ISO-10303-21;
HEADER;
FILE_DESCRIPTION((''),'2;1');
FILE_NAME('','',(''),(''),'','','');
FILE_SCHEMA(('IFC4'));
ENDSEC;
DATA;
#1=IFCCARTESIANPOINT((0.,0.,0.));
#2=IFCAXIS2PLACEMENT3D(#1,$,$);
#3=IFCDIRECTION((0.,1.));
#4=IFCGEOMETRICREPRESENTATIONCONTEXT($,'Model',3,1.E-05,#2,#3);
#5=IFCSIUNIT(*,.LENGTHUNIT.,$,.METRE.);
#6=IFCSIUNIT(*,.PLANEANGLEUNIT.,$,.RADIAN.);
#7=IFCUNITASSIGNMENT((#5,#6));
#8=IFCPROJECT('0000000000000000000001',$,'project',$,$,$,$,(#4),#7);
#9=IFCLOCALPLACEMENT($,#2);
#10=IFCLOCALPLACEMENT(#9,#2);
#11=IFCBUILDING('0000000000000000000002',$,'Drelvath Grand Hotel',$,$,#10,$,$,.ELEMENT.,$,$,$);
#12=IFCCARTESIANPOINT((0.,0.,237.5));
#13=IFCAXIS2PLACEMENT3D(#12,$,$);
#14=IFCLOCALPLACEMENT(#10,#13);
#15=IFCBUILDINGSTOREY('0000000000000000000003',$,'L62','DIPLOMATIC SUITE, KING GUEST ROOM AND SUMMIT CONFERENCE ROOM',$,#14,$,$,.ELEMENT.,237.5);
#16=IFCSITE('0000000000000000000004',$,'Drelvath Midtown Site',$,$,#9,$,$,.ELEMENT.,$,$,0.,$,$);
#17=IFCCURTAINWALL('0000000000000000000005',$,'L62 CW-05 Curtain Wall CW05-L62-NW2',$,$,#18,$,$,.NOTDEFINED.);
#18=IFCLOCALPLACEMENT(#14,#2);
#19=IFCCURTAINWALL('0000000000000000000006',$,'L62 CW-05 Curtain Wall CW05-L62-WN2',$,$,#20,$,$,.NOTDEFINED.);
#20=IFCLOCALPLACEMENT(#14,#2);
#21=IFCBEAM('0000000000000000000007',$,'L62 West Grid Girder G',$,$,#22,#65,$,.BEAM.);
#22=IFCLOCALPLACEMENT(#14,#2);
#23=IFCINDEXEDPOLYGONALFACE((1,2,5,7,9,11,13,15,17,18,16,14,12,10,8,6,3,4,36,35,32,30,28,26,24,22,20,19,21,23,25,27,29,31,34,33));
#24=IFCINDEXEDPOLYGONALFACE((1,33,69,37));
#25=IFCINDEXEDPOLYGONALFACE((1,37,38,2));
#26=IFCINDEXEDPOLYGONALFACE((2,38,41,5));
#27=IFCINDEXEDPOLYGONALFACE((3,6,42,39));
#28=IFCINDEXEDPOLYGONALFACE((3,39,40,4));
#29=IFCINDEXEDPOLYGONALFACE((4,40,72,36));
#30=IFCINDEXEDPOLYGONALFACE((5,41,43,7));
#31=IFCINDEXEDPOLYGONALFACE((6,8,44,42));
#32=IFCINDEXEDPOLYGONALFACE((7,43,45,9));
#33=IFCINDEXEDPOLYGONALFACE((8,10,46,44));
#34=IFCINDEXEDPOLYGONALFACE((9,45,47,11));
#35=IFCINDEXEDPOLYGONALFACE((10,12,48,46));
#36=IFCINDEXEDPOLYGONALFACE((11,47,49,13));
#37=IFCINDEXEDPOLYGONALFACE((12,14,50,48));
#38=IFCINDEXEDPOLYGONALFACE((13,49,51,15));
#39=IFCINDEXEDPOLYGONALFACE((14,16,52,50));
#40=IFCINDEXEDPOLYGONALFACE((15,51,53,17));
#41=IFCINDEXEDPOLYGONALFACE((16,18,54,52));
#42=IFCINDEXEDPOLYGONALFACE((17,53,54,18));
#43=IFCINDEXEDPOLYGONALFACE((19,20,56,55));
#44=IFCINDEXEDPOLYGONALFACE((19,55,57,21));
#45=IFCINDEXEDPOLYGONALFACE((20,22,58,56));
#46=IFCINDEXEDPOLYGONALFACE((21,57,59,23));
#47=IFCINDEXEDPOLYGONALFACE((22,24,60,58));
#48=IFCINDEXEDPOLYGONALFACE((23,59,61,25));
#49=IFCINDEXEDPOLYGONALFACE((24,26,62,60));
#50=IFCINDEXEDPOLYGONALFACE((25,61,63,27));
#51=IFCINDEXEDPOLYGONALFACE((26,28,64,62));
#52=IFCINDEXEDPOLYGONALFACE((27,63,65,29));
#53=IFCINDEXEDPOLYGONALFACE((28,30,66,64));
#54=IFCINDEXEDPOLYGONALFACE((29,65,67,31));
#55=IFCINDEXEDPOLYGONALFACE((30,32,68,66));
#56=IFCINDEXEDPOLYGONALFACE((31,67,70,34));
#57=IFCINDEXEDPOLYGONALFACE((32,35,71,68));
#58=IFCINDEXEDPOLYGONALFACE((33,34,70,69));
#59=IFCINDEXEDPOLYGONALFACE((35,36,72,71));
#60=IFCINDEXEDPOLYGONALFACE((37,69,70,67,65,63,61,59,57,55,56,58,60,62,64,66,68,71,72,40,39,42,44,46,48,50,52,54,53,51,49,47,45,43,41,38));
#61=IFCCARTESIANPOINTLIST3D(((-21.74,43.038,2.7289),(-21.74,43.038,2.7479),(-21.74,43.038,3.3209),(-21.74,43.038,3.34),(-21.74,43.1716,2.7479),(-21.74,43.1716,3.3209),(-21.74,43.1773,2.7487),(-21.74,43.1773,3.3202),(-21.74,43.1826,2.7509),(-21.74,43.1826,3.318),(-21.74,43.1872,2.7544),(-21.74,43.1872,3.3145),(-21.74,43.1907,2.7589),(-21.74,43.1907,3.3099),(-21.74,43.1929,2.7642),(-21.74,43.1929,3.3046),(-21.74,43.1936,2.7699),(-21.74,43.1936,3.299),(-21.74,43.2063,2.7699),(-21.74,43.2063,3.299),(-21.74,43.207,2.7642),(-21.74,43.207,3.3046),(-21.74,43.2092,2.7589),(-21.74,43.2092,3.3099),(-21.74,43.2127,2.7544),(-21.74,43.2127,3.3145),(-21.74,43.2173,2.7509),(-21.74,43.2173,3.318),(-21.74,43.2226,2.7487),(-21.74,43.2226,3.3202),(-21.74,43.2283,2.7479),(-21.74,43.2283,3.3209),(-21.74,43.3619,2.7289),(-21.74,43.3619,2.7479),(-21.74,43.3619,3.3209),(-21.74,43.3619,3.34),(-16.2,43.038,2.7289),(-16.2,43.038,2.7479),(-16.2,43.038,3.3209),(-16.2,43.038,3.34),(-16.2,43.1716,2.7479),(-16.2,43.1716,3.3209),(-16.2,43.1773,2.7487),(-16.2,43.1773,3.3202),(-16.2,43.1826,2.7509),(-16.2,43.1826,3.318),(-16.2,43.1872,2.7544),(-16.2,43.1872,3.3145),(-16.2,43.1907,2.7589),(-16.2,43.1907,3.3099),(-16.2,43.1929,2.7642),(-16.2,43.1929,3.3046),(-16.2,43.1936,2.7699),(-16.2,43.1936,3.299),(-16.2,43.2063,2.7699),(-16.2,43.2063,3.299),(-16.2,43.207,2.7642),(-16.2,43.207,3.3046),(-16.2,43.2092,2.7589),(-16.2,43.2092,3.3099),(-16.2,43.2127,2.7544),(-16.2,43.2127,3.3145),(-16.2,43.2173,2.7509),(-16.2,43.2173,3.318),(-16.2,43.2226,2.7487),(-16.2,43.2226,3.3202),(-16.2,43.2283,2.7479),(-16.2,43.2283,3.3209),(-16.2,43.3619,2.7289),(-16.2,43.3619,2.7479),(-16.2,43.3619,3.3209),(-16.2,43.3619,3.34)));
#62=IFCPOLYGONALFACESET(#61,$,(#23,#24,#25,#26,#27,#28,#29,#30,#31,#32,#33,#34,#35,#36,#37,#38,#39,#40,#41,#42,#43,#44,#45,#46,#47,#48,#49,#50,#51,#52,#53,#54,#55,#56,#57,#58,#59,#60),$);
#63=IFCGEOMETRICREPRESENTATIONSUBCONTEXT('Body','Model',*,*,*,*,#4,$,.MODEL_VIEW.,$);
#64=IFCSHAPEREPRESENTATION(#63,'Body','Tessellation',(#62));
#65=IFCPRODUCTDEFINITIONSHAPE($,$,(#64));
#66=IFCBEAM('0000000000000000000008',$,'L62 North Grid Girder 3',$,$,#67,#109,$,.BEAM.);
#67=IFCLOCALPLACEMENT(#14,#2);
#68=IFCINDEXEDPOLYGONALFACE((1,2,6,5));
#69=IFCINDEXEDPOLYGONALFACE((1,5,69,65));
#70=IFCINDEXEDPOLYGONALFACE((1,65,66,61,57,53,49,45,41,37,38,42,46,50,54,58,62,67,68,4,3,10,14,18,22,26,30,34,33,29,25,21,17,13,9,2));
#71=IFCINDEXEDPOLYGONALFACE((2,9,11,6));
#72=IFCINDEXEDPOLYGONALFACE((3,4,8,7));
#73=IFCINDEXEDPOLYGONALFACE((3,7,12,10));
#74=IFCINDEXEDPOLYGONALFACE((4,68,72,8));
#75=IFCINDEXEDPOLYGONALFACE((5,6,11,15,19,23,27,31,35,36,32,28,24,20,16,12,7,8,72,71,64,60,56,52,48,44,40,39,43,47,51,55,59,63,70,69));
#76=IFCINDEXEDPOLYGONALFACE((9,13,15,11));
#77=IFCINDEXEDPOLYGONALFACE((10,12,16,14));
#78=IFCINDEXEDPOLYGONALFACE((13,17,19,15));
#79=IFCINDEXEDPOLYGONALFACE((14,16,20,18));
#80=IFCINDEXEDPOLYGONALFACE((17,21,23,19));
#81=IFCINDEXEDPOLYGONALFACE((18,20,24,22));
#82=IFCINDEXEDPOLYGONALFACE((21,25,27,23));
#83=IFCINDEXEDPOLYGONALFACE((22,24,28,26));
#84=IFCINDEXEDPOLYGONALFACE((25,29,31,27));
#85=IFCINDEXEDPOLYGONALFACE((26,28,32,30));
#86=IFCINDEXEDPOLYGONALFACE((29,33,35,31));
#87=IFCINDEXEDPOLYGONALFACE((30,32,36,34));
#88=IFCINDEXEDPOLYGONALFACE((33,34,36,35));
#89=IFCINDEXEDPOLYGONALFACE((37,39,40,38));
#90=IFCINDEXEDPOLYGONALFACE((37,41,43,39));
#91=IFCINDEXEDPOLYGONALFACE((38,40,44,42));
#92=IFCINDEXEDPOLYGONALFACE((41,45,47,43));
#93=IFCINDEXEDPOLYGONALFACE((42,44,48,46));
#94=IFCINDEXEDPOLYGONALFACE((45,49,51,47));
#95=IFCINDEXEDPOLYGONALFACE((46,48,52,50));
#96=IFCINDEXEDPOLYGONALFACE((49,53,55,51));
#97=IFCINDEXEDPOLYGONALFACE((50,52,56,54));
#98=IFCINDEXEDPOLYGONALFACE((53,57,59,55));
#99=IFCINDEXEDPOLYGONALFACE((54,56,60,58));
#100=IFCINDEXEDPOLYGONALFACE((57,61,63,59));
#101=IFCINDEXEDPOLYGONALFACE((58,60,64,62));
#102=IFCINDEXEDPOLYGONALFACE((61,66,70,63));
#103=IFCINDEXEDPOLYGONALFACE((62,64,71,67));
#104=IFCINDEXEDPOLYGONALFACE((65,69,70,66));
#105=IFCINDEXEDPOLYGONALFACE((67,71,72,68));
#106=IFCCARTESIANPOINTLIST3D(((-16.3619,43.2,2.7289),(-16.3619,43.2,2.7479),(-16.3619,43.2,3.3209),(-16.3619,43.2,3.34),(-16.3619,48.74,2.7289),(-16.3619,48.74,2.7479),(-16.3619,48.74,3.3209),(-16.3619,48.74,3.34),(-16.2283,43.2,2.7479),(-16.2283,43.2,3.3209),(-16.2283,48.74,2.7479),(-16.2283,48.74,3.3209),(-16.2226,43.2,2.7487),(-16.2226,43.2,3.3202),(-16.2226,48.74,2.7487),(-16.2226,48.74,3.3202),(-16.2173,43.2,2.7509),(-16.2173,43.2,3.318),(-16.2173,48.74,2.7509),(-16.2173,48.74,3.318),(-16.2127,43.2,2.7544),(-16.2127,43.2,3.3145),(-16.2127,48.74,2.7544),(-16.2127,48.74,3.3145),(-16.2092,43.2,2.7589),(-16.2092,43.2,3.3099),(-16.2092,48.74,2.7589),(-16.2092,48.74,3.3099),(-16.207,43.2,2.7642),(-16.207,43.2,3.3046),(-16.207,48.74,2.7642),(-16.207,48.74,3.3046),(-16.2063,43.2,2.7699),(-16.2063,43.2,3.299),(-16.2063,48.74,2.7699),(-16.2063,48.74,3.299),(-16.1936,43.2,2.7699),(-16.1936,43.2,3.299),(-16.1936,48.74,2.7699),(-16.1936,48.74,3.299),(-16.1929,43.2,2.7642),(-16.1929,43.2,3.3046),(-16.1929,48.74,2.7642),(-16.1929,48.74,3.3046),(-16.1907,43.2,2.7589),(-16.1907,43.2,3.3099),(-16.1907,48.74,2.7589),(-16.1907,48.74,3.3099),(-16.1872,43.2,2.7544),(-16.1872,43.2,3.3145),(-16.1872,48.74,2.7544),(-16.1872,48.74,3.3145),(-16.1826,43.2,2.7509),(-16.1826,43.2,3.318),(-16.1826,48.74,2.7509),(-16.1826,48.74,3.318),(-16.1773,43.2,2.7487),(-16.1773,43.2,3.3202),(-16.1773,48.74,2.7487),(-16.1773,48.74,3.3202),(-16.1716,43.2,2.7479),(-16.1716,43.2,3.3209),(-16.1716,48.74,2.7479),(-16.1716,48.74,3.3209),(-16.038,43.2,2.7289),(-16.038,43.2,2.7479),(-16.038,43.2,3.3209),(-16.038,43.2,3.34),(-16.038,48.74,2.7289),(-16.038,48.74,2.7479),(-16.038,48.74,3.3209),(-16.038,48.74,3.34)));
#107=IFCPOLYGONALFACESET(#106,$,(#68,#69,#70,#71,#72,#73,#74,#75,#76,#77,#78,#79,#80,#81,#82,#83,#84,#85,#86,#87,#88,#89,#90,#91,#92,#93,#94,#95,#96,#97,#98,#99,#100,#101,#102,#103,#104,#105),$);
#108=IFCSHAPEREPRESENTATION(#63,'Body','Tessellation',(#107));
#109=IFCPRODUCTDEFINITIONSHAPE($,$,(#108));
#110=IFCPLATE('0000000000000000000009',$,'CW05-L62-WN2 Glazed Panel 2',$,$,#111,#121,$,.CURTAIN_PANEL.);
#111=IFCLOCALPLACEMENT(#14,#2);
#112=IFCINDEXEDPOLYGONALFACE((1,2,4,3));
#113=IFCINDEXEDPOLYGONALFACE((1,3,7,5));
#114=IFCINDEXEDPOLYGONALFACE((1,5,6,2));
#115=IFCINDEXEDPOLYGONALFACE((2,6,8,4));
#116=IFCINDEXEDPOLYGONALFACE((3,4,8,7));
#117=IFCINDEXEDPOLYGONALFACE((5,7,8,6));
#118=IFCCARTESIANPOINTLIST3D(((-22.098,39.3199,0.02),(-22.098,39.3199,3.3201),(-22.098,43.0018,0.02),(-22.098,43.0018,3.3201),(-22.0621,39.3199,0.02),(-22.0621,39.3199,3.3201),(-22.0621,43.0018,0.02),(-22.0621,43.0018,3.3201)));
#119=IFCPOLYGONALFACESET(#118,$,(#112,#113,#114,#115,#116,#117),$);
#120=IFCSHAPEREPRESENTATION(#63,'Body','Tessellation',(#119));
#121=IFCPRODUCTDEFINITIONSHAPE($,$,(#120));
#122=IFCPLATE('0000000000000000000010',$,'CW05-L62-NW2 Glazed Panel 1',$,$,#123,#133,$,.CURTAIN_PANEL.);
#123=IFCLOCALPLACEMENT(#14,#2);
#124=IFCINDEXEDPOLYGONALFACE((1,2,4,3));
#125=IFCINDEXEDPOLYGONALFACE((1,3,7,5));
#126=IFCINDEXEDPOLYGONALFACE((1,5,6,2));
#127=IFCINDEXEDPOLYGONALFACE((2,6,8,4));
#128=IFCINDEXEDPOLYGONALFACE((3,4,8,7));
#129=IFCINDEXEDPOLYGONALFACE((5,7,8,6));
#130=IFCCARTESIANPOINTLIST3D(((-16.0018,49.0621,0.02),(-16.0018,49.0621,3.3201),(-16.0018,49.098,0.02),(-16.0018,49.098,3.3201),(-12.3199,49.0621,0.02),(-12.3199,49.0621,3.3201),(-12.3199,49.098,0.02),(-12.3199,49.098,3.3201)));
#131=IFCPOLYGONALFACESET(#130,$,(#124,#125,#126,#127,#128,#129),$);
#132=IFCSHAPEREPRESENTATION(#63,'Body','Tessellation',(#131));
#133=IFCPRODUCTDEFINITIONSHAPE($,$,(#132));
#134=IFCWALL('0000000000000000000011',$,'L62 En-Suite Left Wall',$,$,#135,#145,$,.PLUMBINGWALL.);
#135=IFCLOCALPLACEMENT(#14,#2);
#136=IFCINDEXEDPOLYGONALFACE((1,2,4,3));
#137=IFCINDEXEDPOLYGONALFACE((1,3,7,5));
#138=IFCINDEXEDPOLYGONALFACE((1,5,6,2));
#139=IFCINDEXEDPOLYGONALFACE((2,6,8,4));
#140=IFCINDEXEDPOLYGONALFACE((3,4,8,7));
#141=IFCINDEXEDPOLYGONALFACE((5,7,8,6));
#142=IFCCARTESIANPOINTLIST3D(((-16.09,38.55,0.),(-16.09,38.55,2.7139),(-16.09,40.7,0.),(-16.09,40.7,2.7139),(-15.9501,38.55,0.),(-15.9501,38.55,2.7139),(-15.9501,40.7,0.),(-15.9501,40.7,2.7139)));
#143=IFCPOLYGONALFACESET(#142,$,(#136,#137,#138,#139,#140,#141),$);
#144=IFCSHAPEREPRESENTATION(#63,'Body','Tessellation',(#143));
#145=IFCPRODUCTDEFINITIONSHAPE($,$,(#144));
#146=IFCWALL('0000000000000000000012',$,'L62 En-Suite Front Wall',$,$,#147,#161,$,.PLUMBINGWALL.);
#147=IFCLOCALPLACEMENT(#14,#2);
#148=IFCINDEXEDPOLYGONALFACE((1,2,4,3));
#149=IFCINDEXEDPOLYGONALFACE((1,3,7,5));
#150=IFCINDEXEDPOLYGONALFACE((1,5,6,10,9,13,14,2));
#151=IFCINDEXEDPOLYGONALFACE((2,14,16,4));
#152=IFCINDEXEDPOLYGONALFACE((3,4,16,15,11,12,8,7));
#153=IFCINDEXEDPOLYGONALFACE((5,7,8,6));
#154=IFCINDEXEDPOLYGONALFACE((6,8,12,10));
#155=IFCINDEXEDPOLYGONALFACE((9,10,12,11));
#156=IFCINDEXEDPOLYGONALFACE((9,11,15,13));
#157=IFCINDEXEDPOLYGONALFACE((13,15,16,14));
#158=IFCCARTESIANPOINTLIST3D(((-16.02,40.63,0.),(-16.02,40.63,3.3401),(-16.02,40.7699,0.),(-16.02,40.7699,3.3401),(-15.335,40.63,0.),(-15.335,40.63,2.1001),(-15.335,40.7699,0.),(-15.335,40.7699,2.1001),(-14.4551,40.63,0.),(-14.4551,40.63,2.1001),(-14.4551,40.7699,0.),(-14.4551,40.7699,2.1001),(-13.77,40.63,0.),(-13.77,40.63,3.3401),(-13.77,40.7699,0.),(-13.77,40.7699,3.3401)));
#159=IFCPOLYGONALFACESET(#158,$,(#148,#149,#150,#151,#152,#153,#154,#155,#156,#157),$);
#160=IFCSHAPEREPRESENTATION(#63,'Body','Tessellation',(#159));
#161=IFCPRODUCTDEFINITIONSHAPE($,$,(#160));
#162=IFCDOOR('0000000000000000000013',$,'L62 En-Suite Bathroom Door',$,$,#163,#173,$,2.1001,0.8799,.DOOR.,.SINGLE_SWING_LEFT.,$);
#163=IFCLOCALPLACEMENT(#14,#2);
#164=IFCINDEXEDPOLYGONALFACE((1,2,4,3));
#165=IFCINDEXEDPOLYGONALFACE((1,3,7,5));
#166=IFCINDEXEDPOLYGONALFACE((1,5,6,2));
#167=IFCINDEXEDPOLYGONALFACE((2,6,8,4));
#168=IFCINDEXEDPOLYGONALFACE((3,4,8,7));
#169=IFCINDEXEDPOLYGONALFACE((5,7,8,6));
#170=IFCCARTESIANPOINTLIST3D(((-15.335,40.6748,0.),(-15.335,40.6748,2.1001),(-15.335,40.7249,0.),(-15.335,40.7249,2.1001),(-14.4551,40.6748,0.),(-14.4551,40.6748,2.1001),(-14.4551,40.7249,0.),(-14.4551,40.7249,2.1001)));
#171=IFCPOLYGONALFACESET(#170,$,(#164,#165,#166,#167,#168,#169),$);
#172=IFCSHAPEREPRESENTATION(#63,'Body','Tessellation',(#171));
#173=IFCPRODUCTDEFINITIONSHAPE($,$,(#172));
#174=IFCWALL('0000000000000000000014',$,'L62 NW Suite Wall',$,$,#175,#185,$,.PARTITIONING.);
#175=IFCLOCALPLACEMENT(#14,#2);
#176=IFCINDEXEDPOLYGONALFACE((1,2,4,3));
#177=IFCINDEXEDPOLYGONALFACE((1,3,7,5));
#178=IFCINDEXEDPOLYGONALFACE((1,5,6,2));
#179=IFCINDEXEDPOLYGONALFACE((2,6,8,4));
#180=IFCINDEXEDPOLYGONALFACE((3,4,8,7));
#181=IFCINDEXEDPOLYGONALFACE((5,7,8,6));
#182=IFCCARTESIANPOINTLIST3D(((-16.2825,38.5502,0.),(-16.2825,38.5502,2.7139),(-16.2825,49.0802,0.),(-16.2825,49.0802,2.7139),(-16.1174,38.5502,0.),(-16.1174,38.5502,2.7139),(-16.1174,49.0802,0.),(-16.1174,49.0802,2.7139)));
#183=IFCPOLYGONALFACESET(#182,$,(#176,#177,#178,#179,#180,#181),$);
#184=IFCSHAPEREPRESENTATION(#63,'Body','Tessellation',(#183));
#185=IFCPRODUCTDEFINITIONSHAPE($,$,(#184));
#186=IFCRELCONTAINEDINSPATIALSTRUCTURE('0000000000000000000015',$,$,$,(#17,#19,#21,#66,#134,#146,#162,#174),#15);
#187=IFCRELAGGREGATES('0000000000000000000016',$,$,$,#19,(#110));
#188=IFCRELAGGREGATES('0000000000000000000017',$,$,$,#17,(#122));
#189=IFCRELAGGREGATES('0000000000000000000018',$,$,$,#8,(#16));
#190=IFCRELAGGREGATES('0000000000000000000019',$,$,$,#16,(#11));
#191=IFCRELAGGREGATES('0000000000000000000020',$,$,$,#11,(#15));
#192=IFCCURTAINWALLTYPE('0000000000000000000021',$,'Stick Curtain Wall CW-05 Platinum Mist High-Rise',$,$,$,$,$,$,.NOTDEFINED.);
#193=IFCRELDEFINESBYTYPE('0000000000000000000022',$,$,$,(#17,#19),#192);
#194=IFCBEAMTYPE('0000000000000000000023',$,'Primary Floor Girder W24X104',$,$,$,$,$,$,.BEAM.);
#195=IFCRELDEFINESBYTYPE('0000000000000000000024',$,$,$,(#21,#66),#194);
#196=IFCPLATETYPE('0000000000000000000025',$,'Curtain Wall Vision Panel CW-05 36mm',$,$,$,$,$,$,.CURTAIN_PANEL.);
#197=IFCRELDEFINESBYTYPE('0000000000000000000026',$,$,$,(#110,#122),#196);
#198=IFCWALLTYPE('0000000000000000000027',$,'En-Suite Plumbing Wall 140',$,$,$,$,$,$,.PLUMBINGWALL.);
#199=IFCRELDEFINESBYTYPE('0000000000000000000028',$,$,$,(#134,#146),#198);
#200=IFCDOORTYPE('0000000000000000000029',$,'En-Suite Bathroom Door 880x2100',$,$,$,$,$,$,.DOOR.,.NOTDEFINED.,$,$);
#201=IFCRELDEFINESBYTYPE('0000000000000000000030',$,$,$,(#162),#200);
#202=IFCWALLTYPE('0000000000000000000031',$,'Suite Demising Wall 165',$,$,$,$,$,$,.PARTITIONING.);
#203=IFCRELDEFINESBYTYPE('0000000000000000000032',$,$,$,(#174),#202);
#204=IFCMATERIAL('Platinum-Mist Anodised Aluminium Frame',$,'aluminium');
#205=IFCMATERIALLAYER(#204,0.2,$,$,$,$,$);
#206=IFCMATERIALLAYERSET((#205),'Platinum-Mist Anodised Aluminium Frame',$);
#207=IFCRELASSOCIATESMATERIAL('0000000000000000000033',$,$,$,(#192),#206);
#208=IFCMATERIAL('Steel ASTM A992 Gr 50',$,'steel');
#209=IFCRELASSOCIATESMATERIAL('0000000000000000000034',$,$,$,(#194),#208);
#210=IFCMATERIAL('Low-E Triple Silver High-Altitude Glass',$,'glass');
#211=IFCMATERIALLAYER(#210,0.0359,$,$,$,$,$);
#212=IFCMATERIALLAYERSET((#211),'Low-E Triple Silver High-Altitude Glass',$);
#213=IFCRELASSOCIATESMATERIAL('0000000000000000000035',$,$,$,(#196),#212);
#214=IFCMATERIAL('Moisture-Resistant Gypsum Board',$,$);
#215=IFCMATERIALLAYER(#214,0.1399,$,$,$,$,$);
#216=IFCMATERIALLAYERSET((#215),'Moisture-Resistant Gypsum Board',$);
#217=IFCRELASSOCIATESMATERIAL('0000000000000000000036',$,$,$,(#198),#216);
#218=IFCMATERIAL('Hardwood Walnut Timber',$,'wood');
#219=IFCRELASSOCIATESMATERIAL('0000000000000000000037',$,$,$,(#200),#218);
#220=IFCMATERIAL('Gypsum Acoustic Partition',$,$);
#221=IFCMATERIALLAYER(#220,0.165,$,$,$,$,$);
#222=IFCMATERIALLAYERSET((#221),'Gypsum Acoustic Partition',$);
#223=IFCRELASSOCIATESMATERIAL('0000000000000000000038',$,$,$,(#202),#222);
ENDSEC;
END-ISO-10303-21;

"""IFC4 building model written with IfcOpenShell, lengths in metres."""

from ifc_helpers import new_model, si_unit, direction, frame, frame_2d, origin, origin_2d, place, context, subcontext, project, spatial, rectangle, i_section, extrude, material, layer, layer_set, material_profile, profile_set, type_object, element, fill, aggregate, save


model = new_model("IFC4")

# Units and contexts
model_context = context("Model", 3, precision=1e-05, world=origin(), true_north=direction((0.0, 1.0)))
body_context = subcontext(model_context, "Body", "Model", "MODEL_VIEW")
ifc_project = project(units=[si_unit("LENGTHUNIT", "METRE"), si_unit("PLANEANGLEUNIT", "RADIAN")], contexts=[model_context])

# Site, building, storey
site_placement = place(None, origin())
site = spatial("IfcSite", under=ifc_project, at=site_placement, Name="Drelvath Midtown Site", CompositionType="ELEMENT", RefElevation=0.0)
building_placement = place(site_placement, origin())
building = spatial("IfcBuilding", under=site, at=building_placement, Name="Drelvath Grand Hotel", CompositionType="ELEMENT")
storey_placement = place(building_placement, frame((0.0, 0.0, 237.5)))
storey = spatial("IfcBuildingStorey", under=building, at=storey_placement, Name="L62", Description="DIPLOMATIC SUITE, KING GUEST ROOM AND SUMMIT CONFERENCE ROOM", CompositionType="ELEMENT", Elevation=237.5)

# Shared definitions
ifc_material_1 = material(Name="Steel ASTM A992 Gr 50", Category="steel")

# Curtain wall
ifc_material_2 = material(Name="Platinum-Mist Anodised Aluminium Frame", Category="aluminium")
ifc_layer_1 = layer(ifc_material_2, 0.2)
ifc_layer_set_1 = layer_set([ifc_layer_1], Name="Platinum-Mist Anodised Aluminium Frame")
curtain_wall_type = type_object("IfcCurtainWallType", Name="Stick Curtain Wall CW-05 Platinum Mist High-Rise", PredefinedType="NOTDEFINED", material=ifc_layer_set_1)
curtain_wall_1_placement = place(storey_placement, origin())
curtain_wall_1 = element("IfcCurtainWall", 1, at=curtain_wall_1_placement, inside=storey, type_object=curtain_wall_type, Name="L62 CW-05 Curtain Wall CW05-L62-NW2", PredefinedType="NOTDEFINED")

# Curtain wall
curtain_wall_2_placement = place(storey_placement, origin())
curtain_wall_2 = element("IfcCurtainWall", 2, at=curtain_wall_2_placement, inside=storey, type_object=curtain_wall_type, Name="L62 CW-05 Curtain Wall CW05-L62-WN2", PredefinedType="NOTDEFINED")

# Beams
ifc_material_profile_1 = material_profile(ifc_material_1, i_section(OverallWidth=0.324, OverallDepth=0.6111, WebThickness=0.0127, FlangeThickness=0.019, FilletRadius=0.022, at=origin_2d()), Name="W24X104")
ifc_profile_set_1 = profile_set([ifc_material_profile_1], Name="Steel ASTM A992 Gr 50")
beam_type_1 = type_object("IfcBeamType", Name="Primary Floor Girder W24X104", PredefinedType="BEAM", material=ifc_profile_set_1)
for number, where, z_axis, x_axis, name in (
    (3, (-21.74, 43.2, 3.0344), (1.0, 0.0, 0.0), (0.0, 1.0, 0.0), "L62 West Grid Girder G"),
    (4, (-16.2, 43.2, 3.0344), (0.0, 1.0, 0.0), (-1.0, 0.0, 0.0), "L62 North Grid Girder 3"),
):
    element("IfcBeam", number, at=place(storey_placement, frame(where, z_axis=z_axis, x_axis=x_axis)), inside=storey, type_object=beam_type_1, Name=name, PredefinedType="BEAM", context=body_context, shape_type="SweptSolid", body=[
        extrude(i_section(OverallWidth=0.324, OverallDepth=0.6111, WebThickness=0.0127, FlangeThickness=0.019, FilletRadius=0.022, at=origin_2d()), origin(), (0.0, 0.0, 1.0), 5.54),
    ])

# Plates
ifc_material_3 = material(Name="Low-E Triple Silver High-Altitude Glass", Category="glass")
ifc_layer_2 = layer(ifc_material_3, 0.0359)
ifc_layer_set_2 = layer_set([ifc_layer_2], Name="Low-E Triple Silver High-Altitude Glass")
plate_type = type_object("IfcPlateType", Name="Curtain Wall Vision Panel CW-05 36mm", PredefinedType="CURTAIN_PANEL", material=ifc_layer_set_2)
plate_1_placement = place(storey_placement, frame((-22.0801, 41.1609, 0.02), z_axis=(0.0, 0.0, 1.0), x_axis=(0.0, 1.0, 0.0)))
plate_1 = element("IfcPlate", 5, at=plate_1_placement, type_object=plate_type, Name="CW05-L62-WN2 Glazed Panel 2", PredefinedType="CURTAIN_PANEL", context=body_context, shape_type="SweptSolid", body=[
    extrude(rectangle(XDim=3.6819, YDim=0.0359, at=origin_2d()), origin(), (0.0, 0.0, 1.0), 3.3),
])
aggregate(curtain_wall_2, [plate_1])
plate_2_placement = place(storey_placement, frame((-14.1609, 49.0801, 0.02), z_axis=(0.0, 0.0, 1.0), x_axis=(1.0, 0.0, 0.0)))
plate_2 = element("IfcPlate", 6, at=plate_2_placement, type_object=plate_type, Name="CW05-L62-NW2 Glazed Panel 1", PredefinedType="CURTAIN_PANEL", context=body_context, shape_type="SweptSolid", body=[
    extrude(rectangle(XDim=3.6819, YDim=0.0359, at=origin_2d()), origin(), (0.0, 0.0, 1.0), 3.3),
])
aggregate(curtain_wall_1, [plate_2])

# Wall
ifc_material_4 = material(Name="Moisture-Resistant Gypsum Board")
ifc_layer_3 = layer(ifc_material_4, 0.1399)
ifc_layer_set_3 = layer_set([ifc_layer_3], Name="Moisture-Resistant Gypsum Board")
wall_type_1 = type_object("IfcWallType", Name="En-Suite Plumbing Wall 140", PredefinedType="PLUMBINGWALL", material=ifc_layer_set_3)
wall_1_placement = place(storey_placement, frame((-16.02, 38.55, 0.0), z_axis=(0.0, 0.0, 1.0), x_axis=(0.0, 1.0, 0.0)))
element("IfcWall", 7, at=wall_1_placement, inside=storey, type_object=wall_type_1, Name="L62 En-Suite Left Wall", PredefinedType="PLUMBINGWALL", context=body_context, shape_type="SweptSolid", body=[
    extrude(rectangle(XDim=2.1499, YDim=0.1399, at=frame_2d((1.075, 0.0))), origin(), (0.0, 0.0, 1.0), 2.7139),
])

# Wall, opening, door
wall_2_placement = place(storey_placement, frame((-16.02, 40.7, 0.0), z_axis=(0.0, 0.0, 1.0), x_axis=(1.0, 0.0, 0.0)))
wall_2 = element("IfcWall", 8, at=wall_2_placement, inside=storey, type_object=wall_type_1, Name="L62 En-Suite Front Wall", PredefinedType="PLUMBINGWALL", context=body_context, shape_type="SweptSolid", body=[
    extrude(rectangle(XDim=2.25, YDim=0.1399, at=frame_2d((1.125, 0.0))), origin(), (0.0, 0.0, 1.0), 3.3401),
])
opening_placement = place(wall_2_placement, frame((0.6851, 0.0, 0.0)))
opening = element("IfcOpeningElement", 9, at=opening_placement, cuts=wall_2, PredefinedType="OPENING", context=body_context, shape_type="SweptSolid", body=[
    extrude(rectangle(XDim=0.8799, YDim=2.1001, at=frame_2d((0.4399, 1.05))), frame((0.0, 0.0798, 0.0), z_axis=(0.0, -1.0, 0.0), x_axis=(1.0, 0.0, 0.0)), (0.0, 0.0, 1.0), 0.1599),
])
ifc_material_5 = material(Name="Hardwood Walnut Timber", Category="wood")
door_type = type_object("IfcDoorType", Name="En-Suite Bathroom Door 880x2100", OperationType="NOTDEFINED", PredefinedType="DOOR", material=ifc_material_5)
door_placement = place(opening_placement, origin())
door = element("IfcDoor", 10, at=door_placement, inside=storey, type_object=door_type, Name="L62 En-Suite Bathroom Door", OperationType="SINGLE_SWING_LEFT", OverallHeight=2.1001, OverallWidth=0.8799, PredefinedType="DOOR", context=body_context, shape_type="SweptSolid", body=[
    extrude(rectangle(XDim=0.8799, YDim=2.1001, at=frame_2d((0.4399, 1.05))), frame((0.0, 0.0249, 0.0), z_axis=(0.0, -1.0, 0.0), x_axis=(1.0, 0.0, 0.0)), (0.0, 0.0, 1.0), 0.05),
])
fill(opening, door)

# Wall
ifc_material_6 = material(Name="Gypsum Acoustic Partition")
ifc_layer_4 = layer(ifc_material_6, 0.165)
ifc_layer_set_4 = layer_set([ifc_layer_4], Name="Gypsum Acoustic Partition")
wall_type_2 = type_object("IfcWallType", Name="Suite Demising Wall 165", PredefinedType="PARTITIONING", material=ifc_layer_set_4)
wall_3_placement = place(storey_placement, frame((-16.2, 38.55, 0.0), z_axis=(0.0, 0.0, 1.0), x_axis=(0.0, 1.0, 0.0)))
element("IfcWall", 11, at=wall_3_placement, inside=storey, type_object=wall_type_2, Name="L62 NW Suite Wall", PredefinedType="PARTITIONING", context=body_context, shape_type="SweptSolid", body=[
    extrude(rectangle(XDim=10.53, YDim=0.165, at=frame_2d((5.2651, 0.0))), origin(), (0.0, 0.0, 1.0), 2.7139),
])

save(model, "model.ifc")
